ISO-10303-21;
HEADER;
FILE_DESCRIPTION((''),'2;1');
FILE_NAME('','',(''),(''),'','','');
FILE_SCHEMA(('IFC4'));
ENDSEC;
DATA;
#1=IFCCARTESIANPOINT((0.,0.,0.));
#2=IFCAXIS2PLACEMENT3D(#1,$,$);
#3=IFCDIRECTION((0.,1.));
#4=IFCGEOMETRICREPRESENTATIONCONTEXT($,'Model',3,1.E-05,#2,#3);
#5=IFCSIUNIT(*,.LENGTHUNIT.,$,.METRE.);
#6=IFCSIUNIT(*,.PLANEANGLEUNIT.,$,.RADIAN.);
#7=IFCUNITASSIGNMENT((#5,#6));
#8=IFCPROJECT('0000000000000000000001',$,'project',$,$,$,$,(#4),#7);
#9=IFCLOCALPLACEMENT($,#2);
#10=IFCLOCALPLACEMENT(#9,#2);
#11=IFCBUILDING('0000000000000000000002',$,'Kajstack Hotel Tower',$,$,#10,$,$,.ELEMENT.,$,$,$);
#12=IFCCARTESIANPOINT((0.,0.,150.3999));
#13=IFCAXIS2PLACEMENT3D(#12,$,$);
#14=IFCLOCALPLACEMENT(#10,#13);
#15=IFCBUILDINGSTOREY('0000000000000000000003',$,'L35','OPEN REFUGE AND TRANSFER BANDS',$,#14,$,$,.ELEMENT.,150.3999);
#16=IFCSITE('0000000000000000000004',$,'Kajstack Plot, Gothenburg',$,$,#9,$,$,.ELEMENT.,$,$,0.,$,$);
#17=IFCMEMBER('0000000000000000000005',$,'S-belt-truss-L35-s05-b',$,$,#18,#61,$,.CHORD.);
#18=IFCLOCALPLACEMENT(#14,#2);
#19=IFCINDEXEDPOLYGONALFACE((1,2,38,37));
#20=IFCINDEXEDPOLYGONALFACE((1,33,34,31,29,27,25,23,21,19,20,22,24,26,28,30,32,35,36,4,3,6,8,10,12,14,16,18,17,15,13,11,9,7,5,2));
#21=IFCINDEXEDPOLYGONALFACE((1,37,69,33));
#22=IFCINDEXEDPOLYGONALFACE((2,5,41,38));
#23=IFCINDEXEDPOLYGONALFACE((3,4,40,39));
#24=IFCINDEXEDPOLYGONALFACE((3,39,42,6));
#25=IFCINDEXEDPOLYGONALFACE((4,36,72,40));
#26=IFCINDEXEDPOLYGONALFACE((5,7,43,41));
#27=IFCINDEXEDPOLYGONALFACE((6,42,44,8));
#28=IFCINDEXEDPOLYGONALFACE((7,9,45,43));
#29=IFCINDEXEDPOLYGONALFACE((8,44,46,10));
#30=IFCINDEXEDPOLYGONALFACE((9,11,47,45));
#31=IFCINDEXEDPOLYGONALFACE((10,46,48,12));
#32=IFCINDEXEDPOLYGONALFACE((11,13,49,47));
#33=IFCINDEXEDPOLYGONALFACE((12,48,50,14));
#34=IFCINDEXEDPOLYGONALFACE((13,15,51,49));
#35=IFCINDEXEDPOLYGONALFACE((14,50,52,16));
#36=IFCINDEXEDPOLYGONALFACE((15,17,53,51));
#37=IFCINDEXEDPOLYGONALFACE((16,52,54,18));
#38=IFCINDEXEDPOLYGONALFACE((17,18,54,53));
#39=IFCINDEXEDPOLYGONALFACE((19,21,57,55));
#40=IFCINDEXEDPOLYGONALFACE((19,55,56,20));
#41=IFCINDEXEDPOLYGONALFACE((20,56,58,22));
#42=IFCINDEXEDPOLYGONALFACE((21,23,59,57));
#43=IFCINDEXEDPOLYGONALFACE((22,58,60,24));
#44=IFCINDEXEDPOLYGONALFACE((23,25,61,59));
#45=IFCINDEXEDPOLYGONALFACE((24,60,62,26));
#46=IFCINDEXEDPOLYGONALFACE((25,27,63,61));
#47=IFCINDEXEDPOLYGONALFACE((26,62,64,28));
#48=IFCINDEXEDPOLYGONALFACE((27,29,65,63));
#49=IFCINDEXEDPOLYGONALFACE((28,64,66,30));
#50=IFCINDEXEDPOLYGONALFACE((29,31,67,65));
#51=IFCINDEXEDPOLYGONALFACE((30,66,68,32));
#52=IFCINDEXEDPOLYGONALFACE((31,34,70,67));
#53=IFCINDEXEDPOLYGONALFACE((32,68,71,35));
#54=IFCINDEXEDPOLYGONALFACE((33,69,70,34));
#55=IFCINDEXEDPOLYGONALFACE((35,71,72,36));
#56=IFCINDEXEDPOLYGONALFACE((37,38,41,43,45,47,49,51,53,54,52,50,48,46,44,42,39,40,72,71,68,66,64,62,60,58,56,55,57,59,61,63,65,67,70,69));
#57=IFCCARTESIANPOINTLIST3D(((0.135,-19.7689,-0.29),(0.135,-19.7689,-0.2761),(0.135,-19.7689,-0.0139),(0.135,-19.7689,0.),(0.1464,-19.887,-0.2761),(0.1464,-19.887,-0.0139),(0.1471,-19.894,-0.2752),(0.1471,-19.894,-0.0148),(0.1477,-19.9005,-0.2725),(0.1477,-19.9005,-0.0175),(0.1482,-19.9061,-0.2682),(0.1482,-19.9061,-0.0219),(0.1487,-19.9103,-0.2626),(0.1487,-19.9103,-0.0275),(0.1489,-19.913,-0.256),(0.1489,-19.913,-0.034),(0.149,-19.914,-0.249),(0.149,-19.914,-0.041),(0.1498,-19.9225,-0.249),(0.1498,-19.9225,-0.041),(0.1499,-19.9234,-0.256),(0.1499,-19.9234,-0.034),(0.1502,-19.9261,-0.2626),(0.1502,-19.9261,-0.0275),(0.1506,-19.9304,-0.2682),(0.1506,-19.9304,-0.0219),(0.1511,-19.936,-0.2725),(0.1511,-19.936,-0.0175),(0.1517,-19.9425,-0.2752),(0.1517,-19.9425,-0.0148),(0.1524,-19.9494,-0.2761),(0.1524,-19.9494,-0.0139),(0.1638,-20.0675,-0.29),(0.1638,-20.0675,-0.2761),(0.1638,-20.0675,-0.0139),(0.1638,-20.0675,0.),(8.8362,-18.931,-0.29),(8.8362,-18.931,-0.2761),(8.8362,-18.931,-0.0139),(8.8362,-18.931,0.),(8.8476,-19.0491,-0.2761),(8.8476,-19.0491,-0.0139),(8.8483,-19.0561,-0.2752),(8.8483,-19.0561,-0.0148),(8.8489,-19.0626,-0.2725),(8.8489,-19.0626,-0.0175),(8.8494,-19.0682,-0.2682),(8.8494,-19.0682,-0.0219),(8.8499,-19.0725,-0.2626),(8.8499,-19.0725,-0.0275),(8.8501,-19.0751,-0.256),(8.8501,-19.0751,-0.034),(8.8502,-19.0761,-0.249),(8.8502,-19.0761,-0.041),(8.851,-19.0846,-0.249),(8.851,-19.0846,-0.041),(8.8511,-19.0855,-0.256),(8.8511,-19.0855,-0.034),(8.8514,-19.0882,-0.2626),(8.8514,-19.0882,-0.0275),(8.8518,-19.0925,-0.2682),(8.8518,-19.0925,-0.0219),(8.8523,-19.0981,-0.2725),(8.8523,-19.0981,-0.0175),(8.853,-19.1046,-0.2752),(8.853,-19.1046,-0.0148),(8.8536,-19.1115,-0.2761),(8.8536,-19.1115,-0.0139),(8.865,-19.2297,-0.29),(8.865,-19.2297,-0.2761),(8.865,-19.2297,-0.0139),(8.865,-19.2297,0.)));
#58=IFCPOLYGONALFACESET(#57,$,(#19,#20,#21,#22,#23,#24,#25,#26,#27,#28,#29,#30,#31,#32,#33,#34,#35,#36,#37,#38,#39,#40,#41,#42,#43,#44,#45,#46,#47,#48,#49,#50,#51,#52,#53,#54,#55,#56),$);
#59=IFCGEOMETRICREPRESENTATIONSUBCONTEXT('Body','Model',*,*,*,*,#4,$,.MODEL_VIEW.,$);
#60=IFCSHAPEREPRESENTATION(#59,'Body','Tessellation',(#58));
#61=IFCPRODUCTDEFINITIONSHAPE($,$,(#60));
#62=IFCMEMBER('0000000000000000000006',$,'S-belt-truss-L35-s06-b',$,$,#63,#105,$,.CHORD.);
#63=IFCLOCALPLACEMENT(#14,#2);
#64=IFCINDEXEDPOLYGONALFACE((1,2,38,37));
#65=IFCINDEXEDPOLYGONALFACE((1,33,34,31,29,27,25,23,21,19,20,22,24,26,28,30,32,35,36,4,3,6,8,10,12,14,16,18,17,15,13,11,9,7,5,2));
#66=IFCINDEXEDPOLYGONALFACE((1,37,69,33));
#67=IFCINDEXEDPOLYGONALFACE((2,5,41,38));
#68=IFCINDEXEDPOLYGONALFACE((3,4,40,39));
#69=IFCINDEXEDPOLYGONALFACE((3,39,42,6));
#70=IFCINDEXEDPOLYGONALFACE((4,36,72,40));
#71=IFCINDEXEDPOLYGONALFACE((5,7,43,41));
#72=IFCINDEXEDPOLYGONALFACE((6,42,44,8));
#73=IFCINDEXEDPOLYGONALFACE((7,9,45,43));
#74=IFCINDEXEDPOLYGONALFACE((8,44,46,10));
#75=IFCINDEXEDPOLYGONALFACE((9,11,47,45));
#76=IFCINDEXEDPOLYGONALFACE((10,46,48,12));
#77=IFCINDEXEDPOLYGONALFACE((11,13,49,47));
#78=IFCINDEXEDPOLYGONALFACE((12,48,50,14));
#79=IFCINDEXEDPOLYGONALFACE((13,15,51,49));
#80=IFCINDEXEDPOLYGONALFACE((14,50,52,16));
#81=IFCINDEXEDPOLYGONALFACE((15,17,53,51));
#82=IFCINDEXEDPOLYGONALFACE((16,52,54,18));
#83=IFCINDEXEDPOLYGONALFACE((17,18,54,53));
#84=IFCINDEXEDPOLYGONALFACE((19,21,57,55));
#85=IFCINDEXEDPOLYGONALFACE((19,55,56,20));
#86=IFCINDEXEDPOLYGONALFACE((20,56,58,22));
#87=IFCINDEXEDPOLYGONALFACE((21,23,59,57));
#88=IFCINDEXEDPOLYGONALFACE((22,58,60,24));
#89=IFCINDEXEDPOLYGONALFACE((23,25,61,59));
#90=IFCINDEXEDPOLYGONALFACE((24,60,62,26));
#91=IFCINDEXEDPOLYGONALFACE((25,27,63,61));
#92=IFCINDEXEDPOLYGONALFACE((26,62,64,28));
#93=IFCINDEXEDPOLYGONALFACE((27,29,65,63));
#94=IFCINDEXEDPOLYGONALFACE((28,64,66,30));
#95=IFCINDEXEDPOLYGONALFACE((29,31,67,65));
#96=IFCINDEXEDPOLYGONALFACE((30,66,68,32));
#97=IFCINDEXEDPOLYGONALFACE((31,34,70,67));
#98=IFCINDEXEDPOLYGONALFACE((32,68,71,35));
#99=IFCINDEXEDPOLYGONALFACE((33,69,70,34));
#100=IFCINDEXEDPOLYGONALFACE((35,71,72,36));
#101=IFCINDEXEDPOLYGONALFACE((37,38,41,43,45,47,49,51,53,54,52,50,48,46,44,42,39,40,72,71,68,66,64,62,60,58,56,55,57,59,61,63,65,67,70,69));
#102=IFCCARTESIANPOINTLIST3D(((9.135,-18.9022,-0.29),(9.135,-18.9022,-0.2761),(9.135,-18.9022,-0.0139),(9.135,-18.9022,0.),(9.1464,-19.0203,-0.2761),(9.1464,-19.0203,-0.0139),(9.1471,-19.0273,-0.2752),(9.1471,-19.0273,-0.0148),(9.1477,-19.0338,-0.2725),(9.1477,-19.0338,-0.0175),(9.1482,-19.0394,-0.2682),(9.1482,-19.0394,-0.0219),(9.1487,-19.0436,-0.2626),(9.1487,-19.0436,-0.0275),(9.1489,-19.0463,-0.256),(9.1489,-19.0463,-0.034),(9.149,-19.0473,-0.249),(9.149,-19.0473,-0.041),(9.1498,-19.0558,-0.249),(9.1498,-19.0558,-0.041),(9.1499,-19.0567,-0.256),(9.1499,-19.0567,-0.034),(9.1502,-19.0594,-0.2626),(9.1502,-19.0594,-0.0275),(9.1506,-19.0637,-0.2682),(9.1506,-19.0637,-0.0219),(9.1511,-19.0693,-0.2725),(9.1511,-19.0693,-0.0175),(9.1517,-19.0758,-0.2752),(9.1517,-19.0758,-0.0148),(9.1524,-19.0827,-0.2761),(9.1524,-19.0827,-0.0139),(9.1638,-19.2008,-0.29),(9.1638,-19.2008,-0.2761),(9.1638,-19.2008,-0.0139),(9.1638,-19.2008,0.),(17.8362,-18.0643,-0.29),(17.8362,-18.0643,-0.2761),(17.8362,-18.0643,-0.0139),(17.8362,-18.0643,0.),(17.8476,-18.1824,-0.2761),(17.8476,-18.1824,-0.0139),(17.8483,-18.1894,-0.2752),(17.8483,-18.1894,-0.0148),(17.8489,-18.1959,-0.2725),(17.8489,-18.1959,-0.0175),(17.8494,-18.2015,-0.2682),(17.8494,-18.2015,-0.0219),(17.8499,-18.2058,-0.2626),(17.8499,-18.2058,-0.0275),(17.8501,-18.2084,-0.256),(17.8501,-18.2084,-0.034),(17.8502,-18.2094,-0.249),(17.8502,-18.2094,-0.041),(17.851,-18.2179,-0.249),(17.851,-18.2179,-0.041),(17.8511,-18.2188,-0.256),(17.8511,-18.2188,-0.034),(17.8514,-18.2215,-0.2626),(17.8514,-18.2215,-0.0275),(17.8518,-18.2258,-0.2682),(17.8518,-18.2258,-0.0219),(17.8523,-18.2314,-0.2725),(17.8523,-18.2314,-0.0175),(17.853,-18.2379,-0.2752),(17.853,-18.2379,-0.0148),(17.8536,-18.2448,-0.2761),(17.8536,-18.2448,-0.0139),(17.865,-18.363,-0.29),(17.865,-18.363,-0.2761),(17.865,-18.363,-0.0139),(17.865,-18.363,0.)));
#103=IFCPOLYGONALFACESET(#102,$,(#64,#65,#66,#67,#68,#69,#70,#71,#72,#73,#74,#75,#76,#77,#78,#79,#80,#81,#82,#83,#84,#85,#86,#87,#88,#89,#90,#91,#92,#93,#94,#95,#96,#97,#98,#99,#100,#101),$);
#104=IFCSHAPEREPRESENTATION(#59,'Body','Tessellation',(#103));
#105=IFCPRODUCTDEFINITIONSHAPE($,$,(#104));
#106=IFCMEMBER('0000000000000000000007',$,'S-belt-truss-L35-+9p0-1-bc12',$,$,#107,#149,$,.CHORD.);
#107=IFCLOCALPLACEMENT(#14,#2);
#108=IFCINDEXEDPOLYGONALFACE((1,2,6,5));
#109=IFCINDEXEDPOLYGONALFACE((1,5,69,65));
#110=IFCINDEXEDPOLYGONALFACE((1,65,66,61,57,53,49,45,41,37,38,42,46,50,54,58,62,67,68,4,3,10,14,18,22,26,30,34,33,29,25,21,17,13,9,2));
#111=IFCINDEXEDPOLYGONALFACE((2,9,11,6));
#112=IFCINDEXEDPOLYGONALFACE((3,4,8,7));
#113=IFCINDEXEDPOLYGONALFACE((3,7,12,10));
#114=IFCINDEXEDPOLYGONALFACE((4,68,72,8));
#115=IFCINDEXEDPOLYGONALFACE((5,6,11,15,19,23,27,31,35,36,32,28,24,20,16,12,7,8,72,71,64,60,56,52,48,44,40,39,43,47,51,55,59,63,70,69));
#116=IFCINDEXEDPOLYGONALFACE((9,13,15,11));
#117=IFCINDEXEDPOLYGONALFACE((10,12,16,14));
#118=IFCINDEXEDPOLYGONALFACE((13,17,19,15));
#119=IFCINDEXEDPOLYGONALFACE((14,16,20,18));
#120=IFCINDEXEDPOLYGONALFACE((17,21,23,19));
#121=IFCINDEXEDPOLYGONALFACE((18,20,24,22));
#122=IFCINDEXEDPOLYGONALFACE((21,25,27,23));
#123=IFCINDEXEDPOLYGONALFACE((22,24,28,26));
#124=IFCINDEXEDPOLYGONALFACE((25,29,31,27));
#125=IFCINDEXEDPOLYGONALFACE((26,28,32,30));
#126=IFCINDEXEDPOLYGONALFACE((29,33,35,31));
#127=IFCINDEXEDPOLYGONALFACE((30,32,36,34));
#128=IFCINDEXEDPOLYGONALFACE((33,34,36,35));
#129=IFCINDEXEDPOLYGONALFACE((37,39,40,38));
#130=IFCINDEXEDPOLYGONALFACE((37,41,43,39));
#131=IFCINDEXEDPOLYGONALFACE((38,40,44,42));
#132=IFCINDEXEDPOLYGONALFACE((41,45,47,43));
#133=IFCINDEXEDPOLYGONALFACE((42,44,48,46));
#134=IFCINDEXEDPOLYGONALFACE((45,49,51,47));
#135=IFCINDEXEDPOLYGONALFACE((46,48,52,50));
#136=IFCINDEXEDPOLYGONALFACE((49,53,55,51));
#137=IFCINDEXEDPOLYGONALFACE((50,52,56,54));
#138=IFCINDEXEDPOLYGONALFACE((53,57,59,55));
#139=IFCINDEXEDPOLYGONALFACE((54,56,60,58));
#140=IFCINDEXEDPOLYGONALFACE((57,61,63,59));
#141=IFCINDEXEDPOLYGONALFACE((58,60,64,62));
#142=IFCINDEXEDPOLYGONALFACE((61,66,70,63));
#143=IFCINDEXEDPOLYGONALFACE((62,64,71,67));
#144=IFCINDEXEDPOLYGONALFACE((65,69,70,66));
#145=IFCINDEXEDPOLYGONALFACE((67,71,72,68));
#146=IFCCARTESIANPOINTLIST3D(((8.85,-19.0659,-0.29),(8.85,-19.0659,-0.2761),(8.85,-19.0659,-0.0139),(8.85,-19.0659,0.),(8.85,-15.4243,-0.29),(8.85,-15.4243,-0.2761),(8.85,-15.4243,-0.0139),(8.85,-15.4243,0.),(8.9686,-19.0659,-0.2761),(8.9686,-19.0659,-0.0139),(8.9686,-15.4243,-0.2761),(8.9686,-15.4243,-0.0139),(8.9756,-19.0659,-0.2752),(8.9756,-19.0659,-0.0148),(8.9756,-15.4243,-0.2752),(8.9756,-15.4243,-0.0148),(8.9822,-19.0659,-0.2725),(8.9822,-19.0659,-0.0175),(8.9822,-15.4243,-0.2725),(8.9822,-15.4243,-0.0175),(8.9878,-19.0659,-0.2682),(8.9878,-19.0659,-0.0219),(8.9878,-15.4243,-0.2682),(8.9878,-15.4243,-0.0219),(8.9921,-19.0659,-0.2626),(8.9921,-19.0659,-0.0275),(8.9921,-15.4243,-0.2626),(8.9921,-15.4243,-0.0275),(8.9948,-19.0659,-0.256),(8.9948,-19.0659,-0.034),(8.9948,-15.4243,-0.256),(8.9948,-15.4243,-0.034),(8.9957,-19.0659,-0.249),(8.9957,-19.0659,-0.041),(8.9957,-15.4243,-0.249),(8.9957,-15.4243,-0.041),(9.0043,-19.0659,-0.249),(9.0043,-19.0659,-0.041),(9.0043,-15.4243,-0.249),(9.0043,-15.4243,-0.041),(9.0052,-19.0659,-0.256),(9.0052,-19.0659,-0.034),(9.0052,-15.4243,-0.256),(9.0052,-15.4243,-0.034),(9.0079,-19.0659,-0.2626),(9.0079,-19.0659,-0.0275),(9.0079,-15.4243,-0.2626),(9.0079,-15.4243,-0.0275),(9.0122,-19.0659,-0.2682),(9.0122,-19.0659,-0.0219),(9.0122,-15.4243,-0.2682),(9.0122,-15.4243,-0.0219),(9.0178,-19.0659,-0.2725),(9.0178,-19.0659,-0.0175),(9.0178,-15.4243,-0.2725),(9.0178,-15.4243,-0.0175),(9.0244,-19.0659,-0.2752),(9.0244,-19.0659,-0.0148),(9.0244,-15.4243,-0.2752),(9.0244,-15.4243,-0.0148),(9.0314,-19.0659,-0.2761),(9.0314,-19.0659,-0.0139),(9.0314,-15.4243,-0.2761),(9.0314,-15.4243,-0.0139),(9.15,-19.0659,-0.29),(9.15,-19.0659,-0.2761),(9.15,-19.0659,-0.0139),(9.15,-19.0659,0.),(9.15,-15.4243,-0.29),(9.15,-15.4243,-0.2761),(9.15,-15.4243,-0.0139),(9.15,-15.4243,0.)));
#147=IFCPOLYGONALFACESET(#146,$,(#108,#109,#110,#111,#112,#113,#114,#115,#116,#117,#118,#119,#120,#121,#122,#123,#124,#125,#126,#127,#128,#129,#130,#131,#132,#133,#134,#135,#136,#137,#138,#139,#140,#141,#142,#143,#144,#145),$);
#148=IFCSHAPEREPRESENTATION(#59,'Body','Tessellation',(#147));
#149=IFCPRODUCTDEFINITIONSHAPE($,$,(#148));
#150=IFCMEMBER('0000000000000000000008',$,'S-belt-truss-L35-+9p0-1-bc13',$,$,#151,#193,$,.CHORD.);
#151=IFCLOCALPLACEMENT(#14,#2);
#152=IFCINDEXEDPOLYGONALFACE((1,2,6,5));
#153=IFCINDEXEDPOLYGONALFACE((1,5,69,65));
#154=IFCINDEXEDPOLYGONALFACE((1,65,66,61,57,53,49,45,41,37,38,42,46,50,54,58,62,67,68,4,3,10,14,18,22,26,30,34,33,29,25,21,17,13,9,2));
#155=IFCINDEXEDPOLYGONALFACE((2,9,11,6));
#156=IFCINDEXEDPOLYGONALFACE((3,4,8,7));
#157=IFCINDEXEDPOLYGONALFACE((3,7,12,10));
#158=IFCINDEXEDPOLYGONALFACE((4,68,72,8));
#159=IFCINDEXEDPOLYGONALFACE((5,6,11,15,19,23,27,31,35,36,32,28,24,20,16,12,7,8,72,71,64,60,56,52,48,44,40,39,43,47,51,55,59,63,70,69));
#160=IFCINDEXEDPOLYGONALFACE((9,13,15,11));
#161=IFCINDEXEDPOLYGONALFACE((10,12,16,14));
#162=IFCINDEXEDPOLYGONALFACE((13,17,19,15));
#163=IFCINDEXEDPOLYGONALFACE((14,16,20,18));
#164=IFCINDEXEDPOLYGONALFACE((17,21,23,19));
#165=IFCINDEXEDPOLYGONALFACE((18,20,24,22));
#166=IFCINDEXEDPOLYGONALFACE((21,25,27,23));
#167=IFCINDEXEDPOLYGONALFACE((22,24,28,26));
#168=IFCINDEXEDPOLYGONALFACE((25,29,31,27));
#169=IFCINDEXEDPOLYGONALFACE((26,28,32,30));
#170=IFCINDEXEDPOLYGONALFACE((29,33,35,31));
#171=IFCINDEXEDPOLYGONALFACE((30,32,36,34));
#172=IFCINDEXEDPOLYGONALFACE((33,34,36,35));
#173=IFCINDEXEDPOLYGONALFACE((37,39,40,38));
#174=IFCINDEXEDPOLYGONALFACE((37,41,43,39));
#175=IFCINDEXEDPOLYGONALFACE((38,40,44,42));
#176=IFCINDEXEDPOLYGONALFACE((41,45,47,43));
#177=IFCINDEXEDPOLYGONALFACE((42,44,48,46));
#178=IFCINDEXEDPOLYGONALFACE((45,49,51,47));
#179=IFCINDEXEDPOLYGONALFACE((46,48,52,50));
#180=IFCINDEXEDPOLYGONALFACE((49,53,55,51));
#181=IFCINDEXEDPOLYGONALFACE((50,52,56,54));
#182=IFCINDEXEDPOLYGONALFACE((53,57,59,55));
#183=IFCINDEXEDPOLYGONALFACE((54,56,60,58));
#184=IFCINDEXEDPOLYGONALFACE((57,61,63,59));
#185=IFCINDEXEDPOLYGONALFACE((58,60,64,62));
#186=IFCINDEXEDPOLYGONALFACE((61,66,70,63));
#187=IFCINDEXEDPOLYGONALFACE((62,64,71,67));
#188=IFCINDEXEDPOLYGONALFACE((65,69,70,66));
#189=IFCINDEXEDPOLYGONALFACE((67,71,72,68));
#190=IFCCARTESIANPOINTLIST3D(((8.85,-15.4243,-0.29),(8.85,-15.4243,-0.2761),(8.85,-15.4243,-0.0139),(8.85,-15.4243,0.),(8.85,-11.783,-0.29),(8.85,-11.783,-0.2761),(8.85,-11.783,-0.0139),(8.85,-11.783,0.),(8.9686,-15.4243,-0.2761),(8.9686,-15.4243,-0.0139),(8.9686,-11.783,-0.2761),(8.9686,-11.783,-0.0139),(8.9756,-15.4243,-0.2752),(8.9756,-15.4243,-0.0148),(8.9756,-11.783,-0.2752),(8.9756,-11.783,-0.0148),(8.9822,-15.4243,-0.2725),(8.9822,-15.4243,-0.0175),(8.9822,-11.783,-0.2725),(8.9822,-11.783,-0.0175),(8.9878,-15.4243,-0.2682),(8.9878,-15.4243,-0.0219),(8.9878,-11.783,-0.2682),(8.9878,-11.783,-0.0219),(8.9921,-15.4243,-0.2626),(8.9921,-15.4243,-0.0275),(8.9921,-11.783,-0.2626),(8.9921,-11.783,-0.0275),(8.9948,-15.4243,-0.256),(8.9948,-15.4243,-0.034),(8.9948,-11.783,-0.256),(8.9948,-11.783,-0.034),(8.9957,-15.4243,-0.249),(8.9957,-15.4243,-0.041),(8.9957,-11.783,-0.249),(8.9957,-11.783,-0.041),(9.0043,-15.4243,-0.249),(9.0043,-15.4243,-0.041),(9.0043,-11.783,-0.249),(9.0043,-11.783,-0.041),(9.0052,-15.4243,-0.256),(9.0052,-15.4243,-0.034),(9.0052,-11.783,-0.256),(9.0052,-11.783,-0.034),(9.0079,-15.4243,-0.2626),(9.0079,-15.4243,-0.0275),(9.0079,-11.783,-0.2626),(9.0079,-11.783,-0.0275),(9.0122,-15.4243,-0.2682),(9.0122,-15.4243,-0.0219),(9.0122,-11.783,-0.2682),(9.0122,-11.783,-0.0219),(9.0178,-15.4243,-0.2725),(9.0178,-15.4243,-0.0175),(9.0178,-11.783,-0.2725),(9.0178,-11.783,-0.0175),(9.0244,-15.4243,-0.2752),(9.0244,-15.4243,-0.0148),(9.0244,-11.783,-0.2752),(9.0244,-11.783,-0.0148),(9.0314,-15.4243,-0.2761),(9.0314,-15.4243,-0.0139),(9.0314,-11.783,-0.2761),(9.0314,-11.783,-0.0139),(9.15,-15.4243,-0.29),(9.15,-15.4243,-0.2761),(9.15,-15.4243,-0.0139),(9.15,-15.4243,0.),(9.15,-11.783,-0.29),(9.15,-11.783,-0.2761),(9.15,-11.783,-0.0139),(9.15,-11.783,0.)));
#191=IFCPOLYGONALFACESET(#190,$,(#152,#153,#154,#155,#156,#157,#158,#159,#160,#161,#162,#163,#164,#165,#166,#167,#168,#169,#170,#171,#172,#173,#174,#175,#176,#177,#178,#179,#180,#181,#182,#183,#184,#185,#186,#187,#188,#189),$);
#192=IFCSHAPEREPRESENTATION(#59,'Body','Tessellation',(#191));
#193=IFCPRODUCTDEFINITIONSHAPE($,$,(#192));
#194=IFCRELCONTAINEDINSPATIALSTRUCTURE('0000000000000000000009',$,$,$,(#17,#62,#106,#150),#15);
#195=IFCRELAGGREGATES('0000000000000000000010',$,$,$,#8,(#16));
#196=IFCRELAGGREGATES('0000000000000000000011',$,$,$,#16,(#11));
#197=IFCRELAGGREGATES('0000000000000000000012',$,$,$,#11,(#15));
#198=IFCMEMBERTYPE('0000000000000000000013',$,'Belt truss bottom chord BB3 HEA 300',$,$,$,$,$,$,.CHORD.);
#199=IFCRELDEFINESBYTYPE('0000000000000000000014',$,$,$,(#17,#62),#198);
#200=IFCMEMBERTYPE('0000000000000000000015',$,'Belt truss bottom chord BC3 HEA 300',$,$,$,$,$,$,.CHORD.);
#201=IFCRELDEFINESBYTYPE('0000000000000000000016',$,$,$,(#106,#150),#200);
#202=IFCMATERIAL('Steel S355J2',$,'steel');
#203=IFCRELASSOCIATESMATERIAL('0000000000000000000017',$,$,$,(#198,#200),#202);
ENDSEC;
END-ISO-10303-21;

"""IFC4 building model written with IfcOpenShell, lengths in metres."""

from ifc_helpers import new_model, si_unit, direction, frame, origin, origin_2d, place, context, subcontext, project, spatial, i_section, extrude, material, material_profile, profile_set, type_object, element, save


model = new_model("IFC4")

# Units and contexts
model_context = context("Model", 3, precision=1e-05, world=origin(), true_north=direction((0.0, 1.0)))
body_context = subcontext(model_context, "Body", "Model", "MODEL_VIEW")
ifc_project = project(units=[si_unit("LENGTHUNIT", "METRE"), si_unit("PLANEANGLEUNIT", "RADIAN")], contexts=[model_context])

# Site, building, storey
site_placement = place(None, origin())
site = spatial("IfcSite", under=ifc_project, at=site_placement, Name="Kajstack Plot, Gothenburg", CompositionType="ELEMENT", RefElevation=0.0)
building_placement = place(site_placement, origin())
building = spatial("IfcBuilding", under=site, at=building_placement, Name="Kajstack Hotel Tower", CompositionType="ELEMENT")
storey_placement = place(building_placement, frame((0.0, 0.0, 150.3999)))
storey = spatial("IfcBuildingStorey", under=building, at=storey_placement, Name="L35", Description="OPEN REFUGE AND TRANSFER BANDS", CompositionType="ELEMENT", Elevation=150.3999)

# Members
ifc_material_1 = material(Name="Steel S355J2", Category="steel")
ifc_material_profile_1 = material_profile(ifc_material_1, i_section(OverallWidth=0.3, OverallDepth=0.29, WebThickness=0.0085, FlangeThickness=0.0139, FilletRadius=0.0271, at=origin_2d()), Name="HEA 300")
ifc_profile_set_1 = profile_set([ifc_material_profile_1], Name="Steel S355J2")
member_type_1 = type_object("IfcMemberType", Name="Belt truss bottom chord BB3 HEA 300", PredefinedType="CHORD", material=ifc_profile_set_1)
for number, where, z_axis, x_axis, name in (
    (1, (0.1494, -19.9182, -0.145), (0.995396, 0.095853, 0.0), (-0.095853, 0.995396, 0.0), "S-belt-truss-L35-s05-b"),
    (2, (9.1494, -19.0515, -0.145), (0.995396, 0.095853, 0.0), (-0.095853, 0.995396, 0.0), "S-belt-truss-L35-s06-b"),
):
    element("IfcMember", number, at=place(storey_placement, frame(where, z_axis=z_axis, x_axis=x_axis)), inside=storey, type_object=member_type_1, Name=name, PredefinedType="CHORD", context=body_context, shape_type="SweptSolid", body=[
        extrude(i_section(OverallWidth=0.3, OverallDepth=0.29, WebThickness=0.0085, FlangeThickness=0.0139, FilletRadius=0.0271, at=origin_2d()), origin(), (0.0, 0.0, 1.0), 8.7415),
    ])
ifc_material_profile_2 = material_profile(ifc_material_1, i_section(OverallWidth=0.3, OverallDepth=0.29, WebThickness=0.0085, FlangeThickness=0.0139, FilletRadius=0.0271, at=origin_2d()), Name="HEA 300")
ifc_profile_set_2 = profile_set([ifc_material_profile_2], Name="Steel S355J2")
member_type_2 = type_object("IfcMemberType", Name="Belt truss bottom chord BC3 HEA 300", PredefinedType="CHORD", material=ifc_profile_set_2)
member_1_placement = place(storey_placement, frame((9.0, -19.0659, -0.145), z_axis=(0.0, 1.0, 0.0), x_axis=(-1.0, 0.0, 0.0)))
element("IfcMember", 3, at=member_1_placement, inside=storey, type_object=member_type_2, Name="S-belt-truss-L35-+9p0-1-bc12", PredefinedType="CHORD", context=body_context, shape_type="SweptSolid", body=[
    extrude(i_section(OverallWidth=0.3, OverallDepth=0.29, WebThickness=0.0085, FlangeThickness=0.0139, FilletRadius=0.0271, at=origin_2d()), origin(), (0.0, 0.0, 1.0), 3.6416),
])
member_2_placement = place(storey_placement, frame((9.0, -15.4243, -0.145), z_axis=(0.0, 1.0, 0.0), x_axis=(-1.0, 0.0, 0.0)))
element("IfcMember", 4, at=member_2_placement, inside=storey, type_object=member_type_2, Name="S-belt-truss-L35-+9p0-1-bc13", PredefinedType="CHORD", context=body_context, shape_type="SweptSolid", body=[
    extrude(i_section(OverallWidth=0.3, OverallDepth=0.29, WebThickness=0.0085, FlangeThickness=0.0139, FilletRadius=0.0271, at=origin_2d()), origin(), (0.0, 0.0, 1.0), 3.6414),
])

save(model, "model.ifc")
